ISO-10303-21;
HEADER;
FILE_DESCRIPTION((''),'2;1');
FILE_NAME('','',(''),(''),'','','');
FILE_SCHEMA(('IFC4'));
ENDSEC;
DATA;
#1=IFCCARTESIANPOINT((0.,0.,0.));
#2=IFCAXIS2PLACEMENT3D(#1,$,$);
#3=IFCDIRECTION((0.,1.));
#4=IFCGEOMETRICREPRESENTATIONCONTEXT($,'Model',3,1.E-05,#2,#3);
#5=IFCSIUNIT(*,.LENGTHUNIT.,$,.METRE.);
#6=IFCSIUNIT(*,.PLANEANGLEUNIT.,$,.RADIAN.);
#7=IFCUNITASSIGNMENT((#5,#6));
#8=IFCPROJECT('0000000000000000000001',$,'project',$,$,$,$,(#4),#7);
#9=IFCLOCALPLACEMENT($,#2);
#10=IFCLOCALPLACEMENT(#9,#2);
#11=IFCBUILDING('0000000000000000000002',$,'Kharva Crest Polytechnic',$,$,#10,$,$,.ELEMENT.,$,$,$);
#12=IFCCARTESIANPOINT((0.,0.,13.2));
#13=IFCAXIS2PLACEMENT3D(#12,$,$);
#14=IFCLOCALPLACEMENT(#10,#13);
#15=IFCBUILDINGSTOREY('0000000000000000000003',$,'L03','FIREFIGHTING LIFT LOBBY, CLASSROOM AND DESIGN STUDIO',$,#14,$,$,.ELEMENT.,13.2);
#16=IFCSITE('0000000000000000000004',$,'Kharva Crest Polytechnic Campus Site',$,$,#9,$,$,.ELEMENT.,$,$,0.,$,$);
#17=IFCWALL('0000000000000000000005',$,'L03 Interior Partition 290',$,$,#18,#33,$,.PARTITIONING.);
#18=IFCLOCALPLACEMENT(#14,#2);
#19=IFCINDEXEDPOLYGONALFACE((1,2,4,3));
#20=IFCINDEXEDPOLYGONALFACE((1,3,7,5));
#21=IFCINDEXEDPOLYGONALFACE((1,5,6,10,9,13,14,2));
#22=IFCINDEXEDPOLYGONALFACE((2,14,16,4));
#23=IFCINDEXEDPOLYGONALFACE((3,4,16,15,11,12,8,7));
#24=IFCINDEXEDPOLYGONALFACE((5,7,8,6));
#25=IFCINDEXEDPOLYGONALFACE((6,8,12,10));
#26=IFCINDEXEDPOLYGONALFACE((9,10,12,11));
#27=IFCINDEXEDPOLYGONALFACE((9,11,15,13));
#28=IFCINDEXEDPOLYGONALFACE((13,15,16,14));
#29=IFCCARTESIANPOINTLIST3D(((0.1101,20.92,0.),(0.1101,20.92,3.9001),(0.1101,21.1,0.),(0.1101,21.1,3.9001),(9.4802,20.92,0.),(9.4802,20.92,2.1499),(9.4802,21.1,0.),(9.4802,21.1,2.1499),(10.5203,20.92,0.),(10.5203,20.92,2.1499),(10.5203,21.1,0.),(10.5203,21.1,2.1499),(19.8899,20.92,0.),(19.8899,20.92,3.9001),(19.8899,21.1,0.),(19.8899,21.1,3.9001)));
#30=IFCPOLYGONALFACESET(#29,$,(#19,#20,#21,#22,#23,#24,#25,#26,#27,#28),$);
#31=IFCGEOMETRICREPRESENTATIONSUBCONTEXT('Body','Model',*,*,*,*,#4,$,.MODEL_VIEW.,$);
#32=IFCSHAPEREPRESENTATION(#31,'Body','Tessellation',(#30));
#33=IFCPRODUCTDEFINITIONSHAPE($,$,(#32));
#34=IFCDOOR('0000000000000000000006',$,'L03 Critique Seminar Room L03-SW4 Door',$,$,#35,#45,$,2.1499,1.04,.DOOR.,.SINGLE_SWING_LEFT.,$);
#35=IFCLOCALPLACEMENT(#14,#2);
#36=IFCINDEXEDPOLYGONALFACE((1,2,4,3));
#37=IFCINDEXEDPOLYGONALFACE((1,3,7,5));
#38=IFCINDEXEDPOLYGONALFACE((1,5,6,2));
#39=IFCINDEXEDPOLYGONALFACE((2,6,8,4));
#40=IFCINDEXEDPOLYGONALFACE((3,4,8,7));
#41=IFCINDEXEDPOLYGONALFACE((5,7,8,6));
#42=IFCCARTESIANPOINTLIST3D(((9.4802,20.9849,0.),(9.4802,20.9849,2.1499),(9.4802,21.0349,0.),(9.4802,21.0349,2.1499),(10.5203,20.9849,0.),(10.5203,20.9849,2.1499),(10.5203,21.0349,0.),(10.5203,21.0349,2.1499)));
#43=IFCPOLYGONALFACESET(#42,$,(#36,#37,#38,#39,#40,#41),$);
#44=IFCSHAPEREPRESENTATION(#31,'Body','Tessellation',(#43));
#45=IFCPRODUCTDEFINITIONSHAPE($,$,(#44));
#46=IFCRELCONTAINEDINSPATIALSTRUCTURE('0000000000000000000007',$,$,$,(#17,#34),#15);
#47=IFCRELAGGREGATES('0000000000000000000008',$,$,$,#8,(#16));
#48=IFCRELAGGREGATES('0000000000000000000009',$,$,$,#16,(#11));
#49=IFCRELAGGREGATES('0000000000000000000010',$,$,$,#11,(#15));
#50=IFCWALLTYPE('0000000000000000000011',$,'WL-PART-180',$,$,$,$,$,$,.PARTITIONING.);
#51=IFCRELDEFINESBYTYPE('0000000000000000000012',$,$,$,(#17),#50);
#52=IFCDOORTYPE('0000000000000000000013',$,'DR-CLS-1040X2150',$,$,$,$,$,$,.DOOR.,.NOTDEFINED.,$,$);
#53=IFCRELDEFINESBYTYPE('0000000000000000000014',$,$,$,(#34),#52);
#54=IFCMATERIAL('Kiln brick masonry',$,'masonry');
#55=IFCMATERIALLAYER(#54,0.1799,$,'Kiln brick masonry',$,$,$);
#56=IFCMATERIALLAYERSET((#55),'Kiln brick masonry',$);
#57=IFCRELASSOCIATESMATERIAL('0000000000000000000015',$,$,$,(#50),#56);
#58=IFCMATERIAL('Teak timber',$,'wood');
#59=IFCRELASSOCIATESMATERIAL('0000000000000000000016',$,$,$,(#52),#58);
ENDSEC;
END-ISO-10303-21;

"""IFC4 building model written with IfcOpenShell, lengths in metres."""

from ifc_helpers import new_model, si_unit, direction, frame, frame_2d, origin, place, context, subcontext, project, spatial, rectangle, extrude, material, layer, layer_set, type_object, element, fill, save


model = new_model("IFC4")

# Units and contexts
model_context = context("Model", 3, precision=1e-05, world=origin(), true_north=direction((0.0, 1.0)))
body_context = subcontext(model_context, "Body", "Model", "MODEL_VIEW")
ifc_project = project(units=[si_unit("LENGTHUNIT", "METRE"), si_unit("PLANEANGLEUNIT", "RADIAN")], contexts=[model_context])

# Site, building, storey
site_placement = place(None, origin())
site = spatial("IfcSite", under=ifc_project, at=site_placement, Name="Kharva Crest Polytechnic Campus Site", CompositionType="ELEMENT", RefElevation=0.0)
building_placement = place(site_placement, origin())
building = spatial("IfcBuilding", under=site, at=building_placement, Name="Kharva Crest Polytechnic", CompositionType="ELEMENT")
storey_placement = place(building_placement, frame((0.0, 0.0, 13.2)))
storey = spatial("IfcBuildingStorey", under=building, at=storey_placement, Name="L03", Description="FIREFIGHTING LIFT LOBBY, CLASSROOM AND DESIGN STUDIO", CompositionType="ELEMENT", Elevation=13.2)

# Shared definitions
ifc_material_1 = material(Name="Kiln brick masonry", Category="masonry")

# Shared definitions
ifc_material_2 = material(Name="Teak timber", Category="wood")

# Wall, opening, door
ifc_layer_1 = layer(ifc_material_1, 0.1799, Name="Kiln brick masonry")
ifc_layer_set_1 = layer_set([ifc_layer_1], Name="Kiln brick masonry")
wall_type_1 = type_object("IfcWallType", Name="WL-PART-180", PredefinedType="PARTITIONING", material=ifc_layer_set_1)
wall_1_placement = place(storey_placement, frame((0.1101, 21.01, 0.0), z_axis=(0.0, 0.0, 1.0), x_axis=(1.0, 0.0, 0.0)))
wall_1 = element("IfcWall", 1, at=wall_1_placement, inside=storey, type_object=wall_type_1, Name="L03 Interior Partition 290", PredefinedType="PARTITIONING", context=body_context, shape_type="SweptSolid", body=[
    extrude(rectangle(XDim=19.7798, YDim=0.1799, at=frame_2d((9.8899, 0.0))), origin(), (0.0, 0.0, 1.0), 3.9001),
])
opening_1_placement = place(wall_1_placement, frame((9.3701, 0.0, 0.0)))
opening_1 = element("IfcOpeningElement", 2, at=opening_1_placement, cuts=wall_1, PredefinedType="OPENING", context=body_context, shape_type="SweptSolid", body=[
    extrude(rectangle(XDim=1.04, YDim=2.1499, at=frame_2d((0.52, 1.075))), frame((0.0, 0.0999, 0.0), z_axis=(0.0, -1.0, 0.0), x_axis=(1.0, 0.0, 0.0)), (0.0, 0.0, 1.0), 0.2),
])
door_type_1 = type_object("IfcDoorType", Name="DR-CLS-1040X2150", OperationType="NOTDEFINED", PredefinedType="DOOR", material=ifc_material_2)
door_1_placement = place(opening_1_placement, origin())
door_1 = element("IfcDoor", 3, at=door_1_placement, inside=storey, type_object=door_type_1, Name="L03 Critique Seminar Room L03-SW4 Door", OperationType="SINGLE_SWING_LEFT", OverallHeight=2.1499, OverallWidth=1.04, PredefinedType="DOOR", context=body_context, shape_type="SweptSolid", body=[
    extrude(rectangle(XDim=1.04, YDim=2.1499, at=frame_2d((0.52, 1.075))), frame((0.0, 0.0249, 0.0), z_axis=(0.0, -1.0, 0.0), x_axis=(1.0, 0.0, 0.0)), (0.0, 0.0, 1.0), 0.05),
])
fill(opening_1, door_1)

save(model, "model.ifc")
